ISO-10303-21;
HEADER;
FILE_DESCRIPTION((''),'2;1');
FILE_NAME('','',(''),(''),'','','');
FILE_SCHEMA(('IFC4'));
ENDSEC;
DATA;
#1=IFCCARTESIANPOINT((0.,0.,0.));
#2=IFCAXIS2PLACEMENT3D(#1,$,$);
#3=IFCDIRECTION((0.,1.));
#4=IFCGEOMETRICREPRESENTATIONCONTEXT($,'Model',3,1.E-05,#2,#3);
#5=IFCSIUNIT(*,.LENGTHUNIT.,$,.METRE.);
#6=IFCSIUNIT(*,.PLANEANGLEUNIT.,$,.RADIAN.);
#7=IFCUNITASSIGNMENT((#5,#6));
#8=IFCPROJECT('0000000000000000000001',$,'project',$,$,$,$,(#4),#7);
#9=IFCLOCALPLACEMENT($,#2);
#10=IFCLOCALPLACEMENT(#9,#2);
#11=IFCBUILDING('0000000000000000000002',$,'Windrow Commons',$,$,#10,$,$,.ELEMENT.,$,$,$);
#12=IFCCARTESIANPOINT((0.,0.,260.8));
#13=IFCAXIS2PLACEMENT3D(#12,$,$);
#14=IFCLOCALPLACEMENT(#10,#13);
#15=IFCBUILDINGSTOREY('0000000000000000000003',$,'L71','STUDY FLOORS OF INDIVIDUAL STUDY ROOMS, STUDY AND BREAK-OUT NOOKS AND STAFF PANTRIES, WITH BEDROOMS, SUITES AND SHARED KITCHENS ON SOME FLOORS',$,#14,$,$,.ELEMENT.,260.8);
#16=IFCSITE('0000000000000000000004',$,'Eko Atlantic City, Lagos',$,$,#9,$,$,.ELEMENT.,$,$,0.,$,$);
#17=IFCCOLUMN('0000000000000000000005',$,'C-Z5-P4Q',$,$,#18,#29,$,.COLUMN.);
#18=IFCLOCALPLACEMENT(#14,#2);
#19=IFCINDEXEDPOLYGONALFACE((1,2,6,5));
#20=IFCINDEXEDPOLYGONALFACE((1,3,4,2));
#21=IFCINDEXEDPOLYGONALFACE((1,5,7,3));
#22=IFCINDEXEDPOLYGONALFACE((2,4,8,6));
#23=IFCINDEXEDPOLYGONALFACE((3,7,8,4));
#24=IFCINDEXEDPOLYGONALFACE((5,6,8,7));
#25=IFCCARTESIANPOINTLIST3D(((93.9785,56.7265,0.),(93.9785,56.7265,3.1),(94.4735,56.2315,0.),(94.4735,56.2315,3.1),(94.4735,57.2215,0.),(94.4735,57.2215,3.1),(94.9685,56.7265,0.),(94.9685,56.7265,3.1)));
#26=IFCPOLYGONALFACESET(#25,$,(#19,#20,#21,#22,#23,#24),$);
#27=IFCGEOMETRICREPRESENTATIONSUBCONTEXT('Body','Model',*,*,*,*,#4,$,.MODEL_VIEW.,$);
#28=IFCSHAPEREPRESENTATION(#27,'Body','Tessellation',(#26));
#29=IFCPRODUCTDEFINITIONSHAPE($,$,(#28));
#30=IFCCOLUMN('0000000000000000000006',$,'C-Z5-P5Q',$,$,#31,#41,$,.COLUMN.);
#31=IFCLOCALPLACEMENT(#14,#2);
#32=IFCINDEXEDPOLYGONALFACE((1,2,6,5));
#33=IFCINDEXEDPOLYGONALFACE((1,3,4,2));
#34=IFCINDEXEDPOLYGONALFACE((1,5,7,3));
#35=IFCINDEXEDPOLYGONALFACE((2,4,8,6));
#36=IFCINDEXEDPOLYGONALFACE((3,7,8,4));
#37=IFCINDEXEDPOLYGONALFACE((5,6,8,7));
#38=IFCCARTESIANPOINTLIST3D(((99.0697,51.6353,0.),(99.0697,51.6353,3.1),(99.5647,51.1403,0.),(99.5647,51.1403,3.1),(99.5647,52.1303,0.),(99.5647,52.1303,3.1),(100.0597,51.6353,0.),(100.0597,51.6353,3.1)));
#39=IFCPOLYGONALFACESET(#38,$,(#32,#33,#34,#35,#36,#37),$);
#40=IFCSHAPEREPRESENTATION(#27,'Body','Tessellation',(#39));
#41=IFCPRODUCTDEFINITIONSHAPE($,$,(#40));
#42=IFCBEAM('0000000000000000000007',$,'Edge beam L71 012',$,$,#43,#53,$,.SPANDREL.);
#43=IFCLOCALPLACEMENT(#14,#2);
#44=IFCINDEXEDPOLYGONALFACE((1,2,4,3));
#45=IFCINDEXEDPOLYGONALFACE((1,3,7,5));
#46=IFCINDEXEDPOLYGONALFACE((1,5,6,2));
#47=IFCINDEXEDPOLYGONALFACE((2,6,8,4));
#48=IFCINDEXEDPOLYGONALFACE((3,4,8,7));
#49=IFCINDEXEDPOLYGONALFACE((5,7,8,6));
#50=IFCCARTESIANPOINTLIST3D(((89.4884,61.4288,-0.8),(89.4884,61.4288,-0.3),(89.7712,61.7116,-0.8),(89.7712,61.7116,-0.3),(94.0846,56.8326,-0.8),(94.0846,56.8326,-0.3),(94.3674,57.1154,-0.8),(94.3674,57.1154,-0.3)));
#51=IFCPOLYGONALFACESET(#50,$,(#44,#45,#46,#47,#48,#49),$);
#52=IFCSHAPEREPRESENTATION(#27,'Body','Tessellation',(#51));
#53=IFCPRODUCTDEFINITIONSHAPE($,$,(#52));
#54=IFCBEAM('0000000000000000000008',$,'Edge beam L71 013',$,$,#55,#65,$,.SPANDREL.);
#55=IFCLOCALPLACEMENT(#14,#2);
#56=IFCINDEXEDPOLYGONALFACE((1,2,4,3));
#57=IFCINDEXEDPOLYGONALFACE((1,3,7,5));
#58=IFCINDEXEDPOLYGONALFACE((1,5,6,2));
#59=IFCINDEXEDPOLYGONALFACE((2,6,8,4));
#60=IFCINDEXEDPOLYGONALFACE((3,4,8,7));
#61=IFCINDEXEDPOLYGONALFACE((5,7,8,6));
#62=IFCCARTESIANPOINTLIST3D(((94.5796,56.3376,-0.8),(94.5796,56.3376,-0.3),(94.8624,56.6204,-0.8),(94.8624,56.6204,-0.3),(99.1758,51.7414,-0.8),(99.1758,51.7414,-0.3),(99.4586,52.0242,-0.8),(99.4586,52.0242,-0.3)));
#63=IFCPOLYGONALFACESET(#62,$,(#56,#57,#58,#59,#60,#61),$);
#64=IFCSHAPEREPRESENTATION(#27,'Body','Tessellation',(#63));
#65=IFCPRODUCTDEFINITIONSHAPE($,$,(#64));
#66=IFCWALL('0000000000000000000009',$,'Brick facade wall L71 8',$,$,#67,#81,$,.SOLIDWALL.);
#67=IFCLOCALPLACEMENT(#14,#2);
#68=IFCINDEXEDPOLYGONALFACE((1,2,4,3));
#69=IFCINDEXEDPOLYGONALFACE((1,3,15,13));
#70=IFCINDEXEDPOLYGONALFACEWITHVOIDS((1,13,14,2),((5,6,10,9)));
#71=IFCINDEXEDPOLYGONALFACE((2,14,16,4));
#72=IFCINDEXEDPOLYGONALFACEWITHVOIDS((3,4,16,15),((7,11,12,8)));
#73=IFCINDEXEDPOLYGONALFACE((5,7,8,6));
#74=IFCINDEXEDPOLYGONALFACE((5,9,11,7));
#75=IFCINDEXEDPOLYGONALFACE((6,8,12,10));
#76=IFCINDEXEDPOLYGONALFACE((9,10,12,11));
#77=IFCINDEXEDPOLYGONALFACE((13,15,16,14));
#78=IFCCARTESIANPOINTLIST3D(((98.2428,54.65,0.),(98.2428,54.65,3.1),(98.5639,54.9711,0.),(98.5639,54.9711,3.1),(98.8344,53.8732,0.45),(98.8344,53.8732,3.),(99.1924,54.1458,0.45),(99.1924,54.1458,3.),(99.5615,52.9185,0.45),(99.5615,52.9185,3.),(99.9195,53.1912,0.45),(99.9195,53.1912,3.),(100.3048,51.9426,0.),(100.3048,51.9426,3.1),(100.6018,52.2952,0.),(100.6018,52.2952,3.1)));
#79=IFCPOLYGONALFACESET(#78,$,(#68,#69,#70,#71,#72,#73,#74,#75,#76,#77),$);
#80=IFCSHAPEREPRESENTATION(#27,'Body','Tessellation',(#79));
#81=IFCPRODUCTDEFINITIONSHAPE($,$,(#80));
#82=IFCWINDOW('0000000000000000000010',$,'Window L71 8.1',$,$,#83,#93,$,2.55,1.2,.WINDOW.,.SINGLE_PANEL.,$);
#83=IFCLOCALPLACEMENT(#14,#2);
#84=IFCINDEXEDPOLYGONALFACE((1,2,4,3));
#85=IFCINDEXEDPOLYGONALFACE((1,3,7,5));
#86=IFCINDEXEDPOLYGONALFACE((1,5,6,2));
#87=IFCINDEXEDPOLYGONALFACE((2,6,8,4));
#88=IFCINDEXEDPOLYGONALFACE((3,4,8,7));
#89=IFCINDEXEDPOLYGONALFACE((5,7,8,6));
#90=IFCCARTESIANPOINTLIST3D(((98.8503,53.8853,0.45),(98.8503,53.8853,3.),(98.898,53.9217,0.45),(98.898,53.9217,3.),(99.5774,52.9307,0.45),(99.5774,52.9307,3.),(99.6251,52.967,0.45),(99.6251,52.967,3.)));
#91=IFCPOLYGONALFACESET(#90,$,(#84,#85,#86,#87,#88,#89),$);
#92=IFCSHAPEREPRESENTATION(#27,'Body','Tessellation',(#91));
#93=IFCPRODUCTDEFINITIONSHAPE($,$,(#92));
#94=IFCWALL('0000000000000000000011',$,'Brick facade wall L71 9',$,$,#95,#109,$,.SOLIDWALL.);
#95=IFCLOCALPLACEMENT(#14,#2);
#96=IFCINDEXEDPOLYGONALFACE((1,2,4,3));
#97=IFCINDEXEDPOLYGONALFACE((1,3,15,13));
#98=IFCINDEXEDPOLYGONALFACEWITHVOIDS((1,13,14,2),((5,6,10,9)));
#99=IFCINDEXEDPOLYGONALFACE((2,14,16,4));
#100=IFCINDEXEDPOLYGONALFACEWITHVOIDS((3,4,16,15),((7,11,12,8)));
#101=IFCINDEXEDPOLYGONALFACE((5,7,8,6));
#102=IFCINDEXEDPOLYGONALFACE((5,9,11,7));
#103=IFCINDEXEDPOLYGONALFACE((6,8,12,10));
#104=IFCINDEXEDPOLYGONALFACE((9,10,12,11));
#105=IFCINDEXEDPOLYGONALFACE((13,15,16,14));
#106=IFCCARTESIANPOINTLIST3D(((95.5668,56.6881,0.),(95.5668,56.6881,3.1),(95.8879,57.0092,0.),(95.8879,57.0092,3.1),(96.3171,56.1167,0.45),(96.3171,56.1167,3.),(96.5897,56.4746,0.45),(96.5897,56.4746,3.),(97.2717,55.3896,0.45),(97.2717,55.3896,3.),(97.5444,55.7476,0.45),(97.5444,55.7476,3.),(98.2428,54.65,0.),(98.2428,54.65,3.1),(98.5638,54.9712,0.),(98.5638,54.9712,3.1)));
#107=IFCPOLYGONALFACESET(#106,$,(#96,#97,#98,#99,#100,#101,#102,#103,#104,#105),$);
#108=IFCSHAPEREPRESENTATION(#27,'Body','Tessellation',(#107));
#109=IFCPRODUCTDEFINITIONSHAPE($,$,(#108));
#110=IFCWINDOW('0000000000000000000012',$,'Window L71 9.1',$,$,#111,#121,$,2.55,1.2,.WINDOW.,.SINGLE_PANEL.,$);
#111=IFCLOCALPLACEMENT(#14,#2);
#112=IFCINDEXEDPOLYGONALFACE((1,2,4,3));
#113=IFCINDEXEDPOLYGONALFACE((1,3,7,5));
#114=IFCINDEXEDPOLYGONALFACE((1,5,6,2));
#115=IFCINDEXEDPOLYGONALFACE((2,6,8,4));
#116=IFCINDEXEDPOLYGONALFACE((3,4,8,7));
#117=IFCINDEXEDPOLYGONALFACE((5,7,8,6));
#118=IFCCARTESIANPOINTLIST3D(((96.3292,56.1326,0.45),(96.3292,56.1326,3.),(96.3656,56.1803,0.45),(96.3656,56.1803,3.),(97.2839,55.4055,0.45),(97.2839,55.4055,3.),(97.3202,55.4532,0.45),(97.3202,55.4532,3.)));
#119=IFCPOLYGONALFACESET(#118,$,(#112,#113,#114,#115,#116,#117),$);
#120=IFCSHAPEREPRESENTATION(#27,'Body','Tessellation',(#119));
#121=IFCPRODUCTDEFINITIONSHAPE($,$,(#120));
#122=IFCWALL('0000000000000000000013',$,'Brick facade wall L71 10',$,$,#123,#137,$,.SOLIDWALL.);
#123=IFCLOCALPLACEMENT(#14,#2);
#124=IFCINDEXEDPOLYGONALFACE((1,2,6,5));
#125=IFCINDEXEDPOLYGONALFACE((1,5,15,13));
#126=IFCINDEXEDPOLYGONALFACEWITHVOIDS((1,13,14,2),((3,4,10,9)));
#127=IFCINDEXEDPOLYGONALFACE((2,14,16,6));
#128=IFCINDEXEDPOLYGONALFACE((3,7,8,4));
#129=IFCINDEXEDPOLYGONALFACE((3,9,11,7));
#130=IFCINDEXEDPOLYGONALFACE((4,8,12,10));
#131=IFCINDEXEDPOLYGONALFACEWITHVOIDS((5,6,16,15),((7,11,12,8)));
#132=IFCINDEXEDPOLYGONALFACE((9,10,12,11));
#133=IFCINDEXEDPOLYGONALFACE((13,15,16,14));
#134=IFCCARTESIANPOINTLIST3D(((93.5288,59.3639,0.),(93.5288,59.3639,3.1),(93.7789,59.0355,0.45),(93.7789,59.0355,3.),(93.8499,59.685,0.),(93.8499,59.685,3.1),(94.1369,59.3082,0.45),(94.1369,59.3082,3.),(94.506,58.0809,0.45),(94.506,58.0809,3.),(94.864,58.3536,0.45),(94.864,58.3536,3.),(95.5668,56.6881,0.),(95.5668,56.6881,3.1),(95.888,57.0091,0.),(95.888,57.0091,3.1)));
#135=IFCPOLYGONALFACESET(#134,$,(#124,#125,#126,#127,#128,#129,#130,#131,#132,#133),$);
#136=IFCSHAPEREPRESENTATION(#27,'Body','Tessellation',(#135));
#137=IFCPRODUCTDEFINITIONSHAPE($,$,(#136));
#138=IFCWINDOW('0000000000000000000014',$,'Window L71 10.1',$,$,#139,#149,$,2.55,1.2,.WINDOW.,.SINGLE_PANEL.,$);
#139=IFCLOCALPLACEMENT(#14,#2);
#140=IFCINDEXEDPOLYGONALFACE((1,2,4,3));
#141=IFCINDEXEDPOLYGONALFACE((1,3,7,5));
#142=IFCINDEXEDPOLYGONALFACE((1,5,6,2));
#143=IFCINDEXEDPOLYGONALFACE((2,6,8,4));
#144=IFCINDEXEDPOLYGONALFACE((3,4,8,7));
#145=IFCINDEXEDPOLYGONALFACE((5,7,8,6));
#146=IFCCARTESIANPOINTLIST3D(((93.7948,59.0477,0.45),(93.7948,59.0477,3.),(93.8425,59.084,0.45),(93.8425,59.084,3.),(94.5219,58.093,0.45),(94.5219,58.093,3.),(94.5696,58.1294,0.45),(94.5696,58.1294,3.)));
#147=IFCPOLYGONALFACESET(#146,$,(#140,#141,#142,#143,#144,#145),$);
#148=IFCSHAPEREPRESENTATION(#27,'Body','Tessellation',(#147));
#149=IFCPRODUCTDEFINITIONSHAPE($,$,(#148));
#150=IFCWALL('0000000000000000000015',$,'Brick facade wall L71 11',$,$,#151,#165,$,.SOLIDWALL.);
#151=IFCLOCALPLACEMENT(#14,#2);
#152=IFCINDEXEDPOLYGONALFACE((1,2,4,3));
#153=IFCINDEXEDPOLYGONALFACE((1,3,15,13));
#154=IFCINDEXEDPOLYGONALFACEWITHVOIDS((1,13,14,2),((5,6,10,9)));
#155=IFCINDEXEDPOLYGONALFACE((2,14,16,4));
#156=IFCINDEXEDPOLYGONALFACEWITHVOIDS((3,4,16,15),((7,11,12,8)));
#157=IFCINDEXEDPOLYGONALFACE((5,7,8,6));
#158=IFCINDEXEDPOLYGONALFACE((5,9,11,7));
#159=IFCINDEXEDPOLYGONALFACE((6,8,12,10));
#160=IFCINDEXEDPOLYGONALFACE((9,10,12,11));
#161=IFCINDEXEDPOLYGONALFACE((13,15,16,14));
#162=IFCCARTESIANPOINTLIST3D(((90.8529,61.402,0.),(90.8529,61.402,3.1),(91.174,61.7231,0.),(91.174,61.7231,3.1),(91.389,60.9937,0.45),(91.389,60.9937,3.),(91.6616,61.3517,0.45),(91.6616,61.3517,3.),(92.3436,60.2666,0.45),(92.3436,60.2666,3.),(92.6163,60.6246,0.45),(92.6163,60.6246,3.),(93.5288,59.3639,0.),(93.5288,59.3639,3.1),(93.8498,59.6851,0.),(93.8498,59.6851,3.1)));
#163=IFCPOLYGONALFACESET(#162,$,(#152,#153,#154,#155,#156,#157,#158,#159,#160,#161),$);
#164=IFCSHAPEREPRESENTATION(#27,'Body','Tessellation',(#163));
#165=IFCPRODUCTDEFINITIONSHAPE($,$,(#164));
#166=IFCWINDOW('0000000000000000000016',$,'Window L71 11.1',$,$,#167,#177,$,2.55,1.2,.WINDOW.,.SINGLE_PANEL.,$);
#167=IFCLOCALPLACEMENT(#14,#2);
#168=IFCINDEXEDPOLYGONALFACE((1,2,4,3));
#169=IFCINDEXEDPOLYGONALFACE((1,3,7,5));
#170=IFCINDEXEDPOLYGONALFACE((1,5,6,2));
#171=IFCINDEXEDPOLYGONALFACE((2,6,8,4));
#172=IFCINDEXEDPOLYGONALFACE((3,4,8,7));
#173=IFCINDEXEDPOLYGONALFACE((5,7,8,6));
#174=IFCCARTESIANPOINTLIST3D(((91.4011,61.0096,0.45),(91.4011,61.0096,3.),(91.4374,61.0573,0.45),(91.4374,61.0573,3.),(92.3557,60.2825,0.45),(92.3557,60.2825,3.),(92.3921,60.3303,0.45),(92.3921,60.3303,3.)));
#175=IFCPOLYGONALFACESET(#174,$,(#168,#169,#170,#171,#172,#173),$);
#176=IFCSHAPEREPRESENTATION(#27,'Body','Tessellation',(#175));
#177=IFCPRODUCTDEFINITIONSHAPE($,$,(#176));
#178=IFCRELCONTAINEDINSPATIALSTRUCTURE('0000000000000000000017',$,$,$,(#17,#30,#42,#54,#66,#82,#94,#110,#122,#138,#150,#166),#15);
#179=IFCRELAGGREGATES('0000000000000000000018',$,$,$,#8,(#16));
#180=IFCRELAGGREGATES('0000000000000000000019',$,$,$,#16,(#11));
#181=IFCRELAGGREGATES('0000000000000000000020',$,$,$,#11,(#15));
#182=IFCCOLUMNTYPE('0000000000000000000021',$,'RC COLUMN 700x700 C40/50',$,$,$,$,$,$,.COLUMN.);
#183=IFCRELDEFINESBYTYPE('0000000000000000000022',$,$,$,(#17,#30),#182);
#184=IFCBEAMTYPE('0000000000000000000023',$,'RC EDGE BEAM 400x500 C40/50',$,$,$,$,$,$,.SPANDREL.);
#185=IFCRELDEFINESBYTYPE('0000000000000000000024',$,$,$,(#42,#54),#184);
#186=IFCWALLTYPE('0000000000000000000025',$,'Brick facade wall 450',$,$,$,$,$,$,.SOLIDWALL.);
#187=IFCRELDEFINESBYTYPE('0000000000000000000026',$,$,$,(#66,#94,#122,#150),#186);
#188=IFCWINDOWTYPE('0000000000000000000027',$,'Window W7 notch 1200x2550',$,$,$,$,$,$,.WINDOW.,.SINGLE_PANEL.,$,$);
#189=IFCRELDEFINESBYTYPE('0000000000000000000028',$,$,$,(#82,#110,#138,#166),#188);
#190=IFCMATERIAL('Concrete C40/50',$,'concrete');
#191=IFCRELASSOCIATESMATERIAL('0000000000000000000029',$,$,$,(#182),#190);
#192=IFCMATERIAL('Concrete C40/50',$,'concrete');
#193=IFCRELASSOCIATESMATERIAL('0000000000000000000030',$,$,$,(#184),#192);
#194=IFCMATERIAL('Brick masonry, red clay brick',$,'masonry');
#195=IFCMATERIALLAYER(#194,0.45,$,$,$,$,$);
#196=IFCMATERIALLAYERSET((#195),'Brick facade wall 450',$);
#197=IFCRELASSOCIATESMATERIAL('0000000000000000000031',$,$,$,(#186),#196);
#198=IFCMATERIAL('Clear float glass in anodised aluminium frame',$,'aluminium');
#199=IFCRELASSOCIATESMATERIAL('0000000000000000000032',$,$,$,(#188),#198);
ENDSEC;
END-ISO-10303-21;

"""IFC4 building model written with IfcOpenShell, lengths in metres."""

from ifc_helpers import new_model, si_unit, direction, frame, frame_2d, origin, origin_2d, place, context, subcontext, project, spatial, polyline, rectangle, outline, extrude, material, layer, layer_set, material_profile, profile_set, type_object, element, fill, save


model = new_model("IFC4")

# Units and contexts
model_context = context("Model", 3, precision=1e-05, world=origin(), true_north=direction((0.0, 1.0)))
body_context = subcontext(model_context, "Body", "Model", "MODEL_VIEW")
ifc_project = project(units=[si_unit("LENGTHUNIT", "METRE"), si_unit("PLANEANGLEUNIT", "RADIAN")], contexts=[model_context])

# Site, building, storey
site_placement = place(None, origin())
site = spatial("IfcSite", under=ifc_project, at=site_placement, Name="Eko Atlantic City, Lagos", CompositionType="ELEMENT", RefElevation=0.0)
building_placement = place(site_placement, origin())
building = spatial("IfcBuilding", under=site, at=building_placement, Name="Windrow Commons", CompositionType="ELEMENT")
storey_placement = place(building_placement, frame((0.0, 0.0, 260.8)))
storey = spatial("IfcBuildingStorey", under=building, at=storey_placement, Name="L71", Description="STUDY FLOORS OF INDIVIDUAL STUDY ROOMS, STUDY AND BREAK-OUT NOOKS AND STAFF PANTRIES, WITH BEDROOMS, SUITES AND SHARED KITCHENS ON SOME FLOORS", CompositionType="ELEMENT", Elevation=260.8)

# Columns
ifc_material_1 = material(Name="Concrete C40/50", Category="concrete")
ifc_material_profile_1 = material_profile(ifc_material_1, rectangle(XDim=0.7, YDim=0.7, at=origin_2d()))
ifc_profile_set_1 = profile_set([ifc_material_profile_1], Name="Concrete C40/50")
column_type = type_object("IfcColumnType", Name="RC COLUMN 700x700 C40/50", PredefinedType="COLUMN", material=ifc_profile_set_1)
for number, where, z_axis, x_axis, name in (
    (1, (94.4735, 56.7265, 0.0), (0.0, 0.0, 1.0), (0.707107, -0.707107, 0.0), "C-Z5-P4Q"),
    (2, (99.5647, 51.6353, 0.0), (0.0, 0.0, 1.0), (0.707107, -0.707107, 0.0), "C-Z5-P5Q"),
):
    element("IfcColumn", number, at=place(storey_placement, frame(where, z_axis=z_axis, x_axis=x_axis)), inside=storey, type_object=column_type, Name=name, PredefinedType="COLUMN", context=body_context, shape_type="SweptSolid", body=[
        extrude(rectangle(XDim=0.7, YDim=0.7, at=origin_2d()), origin(), (0.0, 0.0, 1.0), 3.1),
    ])

# Beams
ifc_material_2 = material(Name="Concrete C40/50", Category="concrete")
ifc_material_profile_2 = material_profile(ifc_material_2, rectangle(XDim=0.4, YDim=0.5, at=origin_2d()))
ifc_profile_set_2 = profile_set([ifc_material_profile_2], Name="Concrete C40/50")
beam_type = type_object("IfcBeamType", Name="RC EDGE BEAM 400x500 C40/50", PredefinedType="SPANDREL", material=ifc_profile_set_2)
for number, where, z_axis, x_axis, name in (
    (3, (89.6298, 61.5702, -0.55), (0.707107, -0.707107, 0.0), (0.707107, 0.707107, 0.0), "Edge beam L71 012"),
    (4, (94.721, 56.479, -0.55), (0.707107, -0.707107, 0.0), (0.707107, 0.707107, 0.0), "Edge beam L71 013"),
):
    element("IfcBeam", number, at=place(storey_placement, frame(where, z_axis=z_axis, x_axis=x_axis)), inside=storey, type_object=beam_type, Name=name, PredefinedType="SPANDREL", context=body_context, shape_type="SweptSolid", body=[
        extrude(rectangle(XDim=0.4, YDim=0.5, at=origin_2d()), origin(), (0.0, 0.0, 1.0), 6.5),
    ])

# Walls, openings, windows
ifc_material_3 = material(Name="Brick masonry, red clay brick", Category="masonry")
ifc_layer_1 = layer(ifc_material_3, 0.45)
ifc_layer_set_1 = layer_set([ifc_layer_1], Name="Brick facade wall 450")
wall_type_1 = type_object("IfcWallType", Name="Brick facade wall 450", PredefinedType="SOLIDWALL", material=ifc_layer_set_1)
wall_1_placement = place(storey_placement, frame((100.4533, 52.1189, 0.0), z_axis=(0.0, 0.0, 1.0), x_axis=(-0.60589, 0.795548, 0.0)))
wall_1 = element("IfcWall", 5, at=wall_1_placement, inside=storey, type_object=wall_type_1, Name="Brick facade wall L71 8", PredefinedType="SOLIDWALL", context=body_context, shape_type="SweptSolid", body=[
    extrude(outline(polyline([(0.0503, -0.225), (3.4139, -0.225), (3.353, 0.225), (-0.0503, 0.225), (0.0503, -0.225)])), origin(), (0.0, 0.0, 1.0), 3.1),
])
opening_1_placement = place(wall_1_placement, frame((1.1765, 0.0, 0.45)))
opening_1 = element("IfcOpeningElement", 6, at=opening_1_placement, cuts=wall_1, PredefinedType="OPENING", context=body_context, shape_type="SweptSolid", body=[
    extrude(rectangle(XDim=1.2, YDim=2.55, at=frame_2d((0.6, 1.275))), frame((0.0, 0.235, 0.0), z_axis=(0.0, -1.0, 0.0), x_axis=(1.0, 0.0, 0.0)), (0.0, 0.0, 1.0), 0.47),
])
ifc_material_4 = material(Name="Clear float glass in anodised aluminium frame", Category="aluminium")
window_type = type_object("IfcWindowType", Name="Window W7 notch 1200x2550", PartitioningType="SINGLE_PANEL", PredefinedType="WINDOW", material=ifc_material_4)
window_1_placement = place(opening_1_placement, origin())
window_1 = element("IfcWindow", 7, at=window_1_placement, inside=storey, type_object=window_type, Name="Window L71 8.1", OverallHeight=2.55, OverallWidth=1.2, PartitioningType="SINGLE_PANEL", PredefinedType="WINDOW", context=body_context, shape_type="SweptSolid", body=[
    extrude(rectangle(XDim=1.2, YDim=2.55, at=frame_2d((0.6, 1.275))), frame((0.0, 0.205, 0.0), z_axis=(0.0, -1.0, 0.0), x_axis=(1.0, 0.0, 0.0)), (0.0, 0.0, 1.0), 0.06),
])
fill(opening_1, window_1)
wall_2_placement = place(storey_placement, frame((98.4033, 54.8106, 0.0), z_axis=(0.0, 0.0, 1.0), x_axis=(-0.795544, 0.605896, 0.0)))
wall_2 = element("IfcWall", 8, at=wall_2_placement, inside=storey, type_object=wall_type_1, Name="Brick facade wall L71 9", PredefinedType="SOLIDWALL", context=body_context, shape_type="SweptSolid", body=[
    extrude(outline(polyline([(-0.0304, -0.225), (3.3332, -0.225), (3.3941, 0.225), (0.0304, 0.225), (-0.0304, -0.225)])), origin(), (0.0, 0.0, 1.0), 3.1),
])
opening_2_placement = place(wall_2_placement, frame((1.251, 0.0, 0.45)))
opening_2 = element("IfcOpeningElement", 9, at=opening_2_placement, cuts=wall_2, PredefinedType="OPENING", context=body_context, shape_type="SweptSolid", body=[
    extrude(rectangle(XDim=1.2, YDim=2.55, at=frame_2d((0.6, 1.275))), frame((0.0, 0.235, 0.0), z_axis=(0.0, -1.0, 0.0), x_axis=(1.0, 0.0, 0.0)), (0.0, 0.0, 1.0), 0.47),
])
window_2_placement = place(opening_2_placement, origin())
window_2 = element("IfcWindow", 10, at=window_2_placement, inside=storey, type_object=window_type, Name="Window L71 9.1", OverallHeight=2.55, OverallWidth=1.2, PartitioningType="SINGLE_PANEL", PredefinedType="WINDOW", context=body_context, shape_type="SweptSolid", body=[
    extrude(rectangle(XDim=1.2, YDim=2.55, at=frame_2d((0.6, 1.275))), frame((0.0, 0.205, 0.0), z_axis=(0.0, -1.0, 0.0), x_axis=(1.0, 0.0, 0.0)), (0.0, 0.0, 1.0), 0.06),
])
fill(opening_2, window_2)
wall_3_placement = place(storey_placement, frame((95.7274, 56.8486, 0.0), z_axis=(0.0, 0.0, 1.0), x_axis=(-0.605915, 0.795529, 0.0)))
wall_3 = element("IfcWall", 11, at=wall_3_placement, inside=storey, type_object=wall_type_1, Name="Brick facade wall L71 10", PredefinedType="SOLIDWALL", context=body_context, shape_type="SweptSolid", body=[
    extrude(outline(polyline([(0.0304, -0.225), (3.3941, -0.225), (3.3332, 0.225), (-0.0304, 0.225), (0.0304, -0.225)])), origin(), (0.0, 0.0, 1.0), 3.1),
])
opening_3_placement = place(wall_3_placement, frame((1.7204, 0.0, 0.45)))
opening_3 = element("IfcOpeningElement", 12, at=opening_3_placement, cuts=wall_3, PredefinedType="OPENING", context=body_context, shape_type="SweptSolid", body=[
    extrude(rectangle(XDim=1.2, YDim=2.55, at=frame_2d((0.6, 1.275))), frame((0.0, 0.235, 0.0), z_axis=(0.0, -1.0, 0.0), x_axis=(1.0, 0.0, 0.0)), (0.0, 0.0, 1.0), 0.47),
])
window_3_placement = place(opening_3_placement, origin())
window_3 = element("IfcWindow", 13, at=window_3_placement, inside=storey, type_object=window_type, Name="Window L71 10.1", OverallHeight=2.55, OverallWidth=1.2, PartitioningType="SINGLE_PANEL", PredefinedType="WINDOW", context=body_context, shape_type="SweptSolid", body=[
    extrude(rectangle(XDim=1.2, YDim=2.55, at=frame_2d((0.6, 1.275))), frame((0.0, 0.205, 0.0), z_axis=(0.0, -1.0, 0.0), x_axis=(1.0, 0.0, 0.0)), (0.0, 0.0, 1.0), 0.06),
])
fill(opening_3, window_3)
wall_4_placement = place(storey_placement, frame((93.6893, 59.5245, 0.0), z_axis=(0.0, 0.0, 1.0), x_axis=(-0.795533, 0.605911, 0.0)))
wall_4 = element("IfcWall", 14, at=wall_4_placement, inside=storey, type_object=wall_type_1, Name="Brick facade wall L71 11", PredefinedType="SOLIDWALL", context=body_context, shape_type="SweptSolid", body=[
    extrude(outline(polyline([(-0.0304, -0.225), (3.3332, -0.225), (3.3941, 0.225), (0.0304, 0.225), (-0.0304, -0.225)])), origin(), (0.0, 0.0, 1.0), 3.1),
])
opening_4_placement = place(wall_4_placement, frame((1.5202, 0.0, 0.45)))
opening_4 = element("IfcOpeningElement", 15, at=opening_4_placement, cuts=wall_4, PredefinedType="OPENING", context=body_context, shape_type="SweptSolid", body=[
    extrude(rectangle(XDim=1.2, YDim=2.55, at=frame_2d((0.6, 1.275))), frame((0.0, 0.235, 0.0), z_axis=(0.0, -1.0, 0.0), x_axis=(1.0, 0.0, 0.0)), (0.0, 0.0, 1.0), 0.47),
])
window_4_placement = place(opening_4_placement, origin())
window_4 = element("IfcWindow", 16, at=window_4_placement, inside=storey, type_object=window_type, Name="Window L71 11.1", OverallHeight=2.55, OverallWidth=1.2, PartitioningType="SINGLE_PANEL", PredefinedType="WINDOW", context=body_context, shape_type="SweptSolid", body=[
    extrude(rectangle(XDim=1.2, YDim=2.55, at=frame_2d((0.6, 1.275))), frame((0.0, 0.205, 0.0), z_axis=(0.0, -1.0, 0.0), x_axis=(1.0, 0.0, 0.0)), (0.0, 0.0, 1.0), 0.06),
])
fill(opening_4, window_4)

save(model, "model.ifc")
